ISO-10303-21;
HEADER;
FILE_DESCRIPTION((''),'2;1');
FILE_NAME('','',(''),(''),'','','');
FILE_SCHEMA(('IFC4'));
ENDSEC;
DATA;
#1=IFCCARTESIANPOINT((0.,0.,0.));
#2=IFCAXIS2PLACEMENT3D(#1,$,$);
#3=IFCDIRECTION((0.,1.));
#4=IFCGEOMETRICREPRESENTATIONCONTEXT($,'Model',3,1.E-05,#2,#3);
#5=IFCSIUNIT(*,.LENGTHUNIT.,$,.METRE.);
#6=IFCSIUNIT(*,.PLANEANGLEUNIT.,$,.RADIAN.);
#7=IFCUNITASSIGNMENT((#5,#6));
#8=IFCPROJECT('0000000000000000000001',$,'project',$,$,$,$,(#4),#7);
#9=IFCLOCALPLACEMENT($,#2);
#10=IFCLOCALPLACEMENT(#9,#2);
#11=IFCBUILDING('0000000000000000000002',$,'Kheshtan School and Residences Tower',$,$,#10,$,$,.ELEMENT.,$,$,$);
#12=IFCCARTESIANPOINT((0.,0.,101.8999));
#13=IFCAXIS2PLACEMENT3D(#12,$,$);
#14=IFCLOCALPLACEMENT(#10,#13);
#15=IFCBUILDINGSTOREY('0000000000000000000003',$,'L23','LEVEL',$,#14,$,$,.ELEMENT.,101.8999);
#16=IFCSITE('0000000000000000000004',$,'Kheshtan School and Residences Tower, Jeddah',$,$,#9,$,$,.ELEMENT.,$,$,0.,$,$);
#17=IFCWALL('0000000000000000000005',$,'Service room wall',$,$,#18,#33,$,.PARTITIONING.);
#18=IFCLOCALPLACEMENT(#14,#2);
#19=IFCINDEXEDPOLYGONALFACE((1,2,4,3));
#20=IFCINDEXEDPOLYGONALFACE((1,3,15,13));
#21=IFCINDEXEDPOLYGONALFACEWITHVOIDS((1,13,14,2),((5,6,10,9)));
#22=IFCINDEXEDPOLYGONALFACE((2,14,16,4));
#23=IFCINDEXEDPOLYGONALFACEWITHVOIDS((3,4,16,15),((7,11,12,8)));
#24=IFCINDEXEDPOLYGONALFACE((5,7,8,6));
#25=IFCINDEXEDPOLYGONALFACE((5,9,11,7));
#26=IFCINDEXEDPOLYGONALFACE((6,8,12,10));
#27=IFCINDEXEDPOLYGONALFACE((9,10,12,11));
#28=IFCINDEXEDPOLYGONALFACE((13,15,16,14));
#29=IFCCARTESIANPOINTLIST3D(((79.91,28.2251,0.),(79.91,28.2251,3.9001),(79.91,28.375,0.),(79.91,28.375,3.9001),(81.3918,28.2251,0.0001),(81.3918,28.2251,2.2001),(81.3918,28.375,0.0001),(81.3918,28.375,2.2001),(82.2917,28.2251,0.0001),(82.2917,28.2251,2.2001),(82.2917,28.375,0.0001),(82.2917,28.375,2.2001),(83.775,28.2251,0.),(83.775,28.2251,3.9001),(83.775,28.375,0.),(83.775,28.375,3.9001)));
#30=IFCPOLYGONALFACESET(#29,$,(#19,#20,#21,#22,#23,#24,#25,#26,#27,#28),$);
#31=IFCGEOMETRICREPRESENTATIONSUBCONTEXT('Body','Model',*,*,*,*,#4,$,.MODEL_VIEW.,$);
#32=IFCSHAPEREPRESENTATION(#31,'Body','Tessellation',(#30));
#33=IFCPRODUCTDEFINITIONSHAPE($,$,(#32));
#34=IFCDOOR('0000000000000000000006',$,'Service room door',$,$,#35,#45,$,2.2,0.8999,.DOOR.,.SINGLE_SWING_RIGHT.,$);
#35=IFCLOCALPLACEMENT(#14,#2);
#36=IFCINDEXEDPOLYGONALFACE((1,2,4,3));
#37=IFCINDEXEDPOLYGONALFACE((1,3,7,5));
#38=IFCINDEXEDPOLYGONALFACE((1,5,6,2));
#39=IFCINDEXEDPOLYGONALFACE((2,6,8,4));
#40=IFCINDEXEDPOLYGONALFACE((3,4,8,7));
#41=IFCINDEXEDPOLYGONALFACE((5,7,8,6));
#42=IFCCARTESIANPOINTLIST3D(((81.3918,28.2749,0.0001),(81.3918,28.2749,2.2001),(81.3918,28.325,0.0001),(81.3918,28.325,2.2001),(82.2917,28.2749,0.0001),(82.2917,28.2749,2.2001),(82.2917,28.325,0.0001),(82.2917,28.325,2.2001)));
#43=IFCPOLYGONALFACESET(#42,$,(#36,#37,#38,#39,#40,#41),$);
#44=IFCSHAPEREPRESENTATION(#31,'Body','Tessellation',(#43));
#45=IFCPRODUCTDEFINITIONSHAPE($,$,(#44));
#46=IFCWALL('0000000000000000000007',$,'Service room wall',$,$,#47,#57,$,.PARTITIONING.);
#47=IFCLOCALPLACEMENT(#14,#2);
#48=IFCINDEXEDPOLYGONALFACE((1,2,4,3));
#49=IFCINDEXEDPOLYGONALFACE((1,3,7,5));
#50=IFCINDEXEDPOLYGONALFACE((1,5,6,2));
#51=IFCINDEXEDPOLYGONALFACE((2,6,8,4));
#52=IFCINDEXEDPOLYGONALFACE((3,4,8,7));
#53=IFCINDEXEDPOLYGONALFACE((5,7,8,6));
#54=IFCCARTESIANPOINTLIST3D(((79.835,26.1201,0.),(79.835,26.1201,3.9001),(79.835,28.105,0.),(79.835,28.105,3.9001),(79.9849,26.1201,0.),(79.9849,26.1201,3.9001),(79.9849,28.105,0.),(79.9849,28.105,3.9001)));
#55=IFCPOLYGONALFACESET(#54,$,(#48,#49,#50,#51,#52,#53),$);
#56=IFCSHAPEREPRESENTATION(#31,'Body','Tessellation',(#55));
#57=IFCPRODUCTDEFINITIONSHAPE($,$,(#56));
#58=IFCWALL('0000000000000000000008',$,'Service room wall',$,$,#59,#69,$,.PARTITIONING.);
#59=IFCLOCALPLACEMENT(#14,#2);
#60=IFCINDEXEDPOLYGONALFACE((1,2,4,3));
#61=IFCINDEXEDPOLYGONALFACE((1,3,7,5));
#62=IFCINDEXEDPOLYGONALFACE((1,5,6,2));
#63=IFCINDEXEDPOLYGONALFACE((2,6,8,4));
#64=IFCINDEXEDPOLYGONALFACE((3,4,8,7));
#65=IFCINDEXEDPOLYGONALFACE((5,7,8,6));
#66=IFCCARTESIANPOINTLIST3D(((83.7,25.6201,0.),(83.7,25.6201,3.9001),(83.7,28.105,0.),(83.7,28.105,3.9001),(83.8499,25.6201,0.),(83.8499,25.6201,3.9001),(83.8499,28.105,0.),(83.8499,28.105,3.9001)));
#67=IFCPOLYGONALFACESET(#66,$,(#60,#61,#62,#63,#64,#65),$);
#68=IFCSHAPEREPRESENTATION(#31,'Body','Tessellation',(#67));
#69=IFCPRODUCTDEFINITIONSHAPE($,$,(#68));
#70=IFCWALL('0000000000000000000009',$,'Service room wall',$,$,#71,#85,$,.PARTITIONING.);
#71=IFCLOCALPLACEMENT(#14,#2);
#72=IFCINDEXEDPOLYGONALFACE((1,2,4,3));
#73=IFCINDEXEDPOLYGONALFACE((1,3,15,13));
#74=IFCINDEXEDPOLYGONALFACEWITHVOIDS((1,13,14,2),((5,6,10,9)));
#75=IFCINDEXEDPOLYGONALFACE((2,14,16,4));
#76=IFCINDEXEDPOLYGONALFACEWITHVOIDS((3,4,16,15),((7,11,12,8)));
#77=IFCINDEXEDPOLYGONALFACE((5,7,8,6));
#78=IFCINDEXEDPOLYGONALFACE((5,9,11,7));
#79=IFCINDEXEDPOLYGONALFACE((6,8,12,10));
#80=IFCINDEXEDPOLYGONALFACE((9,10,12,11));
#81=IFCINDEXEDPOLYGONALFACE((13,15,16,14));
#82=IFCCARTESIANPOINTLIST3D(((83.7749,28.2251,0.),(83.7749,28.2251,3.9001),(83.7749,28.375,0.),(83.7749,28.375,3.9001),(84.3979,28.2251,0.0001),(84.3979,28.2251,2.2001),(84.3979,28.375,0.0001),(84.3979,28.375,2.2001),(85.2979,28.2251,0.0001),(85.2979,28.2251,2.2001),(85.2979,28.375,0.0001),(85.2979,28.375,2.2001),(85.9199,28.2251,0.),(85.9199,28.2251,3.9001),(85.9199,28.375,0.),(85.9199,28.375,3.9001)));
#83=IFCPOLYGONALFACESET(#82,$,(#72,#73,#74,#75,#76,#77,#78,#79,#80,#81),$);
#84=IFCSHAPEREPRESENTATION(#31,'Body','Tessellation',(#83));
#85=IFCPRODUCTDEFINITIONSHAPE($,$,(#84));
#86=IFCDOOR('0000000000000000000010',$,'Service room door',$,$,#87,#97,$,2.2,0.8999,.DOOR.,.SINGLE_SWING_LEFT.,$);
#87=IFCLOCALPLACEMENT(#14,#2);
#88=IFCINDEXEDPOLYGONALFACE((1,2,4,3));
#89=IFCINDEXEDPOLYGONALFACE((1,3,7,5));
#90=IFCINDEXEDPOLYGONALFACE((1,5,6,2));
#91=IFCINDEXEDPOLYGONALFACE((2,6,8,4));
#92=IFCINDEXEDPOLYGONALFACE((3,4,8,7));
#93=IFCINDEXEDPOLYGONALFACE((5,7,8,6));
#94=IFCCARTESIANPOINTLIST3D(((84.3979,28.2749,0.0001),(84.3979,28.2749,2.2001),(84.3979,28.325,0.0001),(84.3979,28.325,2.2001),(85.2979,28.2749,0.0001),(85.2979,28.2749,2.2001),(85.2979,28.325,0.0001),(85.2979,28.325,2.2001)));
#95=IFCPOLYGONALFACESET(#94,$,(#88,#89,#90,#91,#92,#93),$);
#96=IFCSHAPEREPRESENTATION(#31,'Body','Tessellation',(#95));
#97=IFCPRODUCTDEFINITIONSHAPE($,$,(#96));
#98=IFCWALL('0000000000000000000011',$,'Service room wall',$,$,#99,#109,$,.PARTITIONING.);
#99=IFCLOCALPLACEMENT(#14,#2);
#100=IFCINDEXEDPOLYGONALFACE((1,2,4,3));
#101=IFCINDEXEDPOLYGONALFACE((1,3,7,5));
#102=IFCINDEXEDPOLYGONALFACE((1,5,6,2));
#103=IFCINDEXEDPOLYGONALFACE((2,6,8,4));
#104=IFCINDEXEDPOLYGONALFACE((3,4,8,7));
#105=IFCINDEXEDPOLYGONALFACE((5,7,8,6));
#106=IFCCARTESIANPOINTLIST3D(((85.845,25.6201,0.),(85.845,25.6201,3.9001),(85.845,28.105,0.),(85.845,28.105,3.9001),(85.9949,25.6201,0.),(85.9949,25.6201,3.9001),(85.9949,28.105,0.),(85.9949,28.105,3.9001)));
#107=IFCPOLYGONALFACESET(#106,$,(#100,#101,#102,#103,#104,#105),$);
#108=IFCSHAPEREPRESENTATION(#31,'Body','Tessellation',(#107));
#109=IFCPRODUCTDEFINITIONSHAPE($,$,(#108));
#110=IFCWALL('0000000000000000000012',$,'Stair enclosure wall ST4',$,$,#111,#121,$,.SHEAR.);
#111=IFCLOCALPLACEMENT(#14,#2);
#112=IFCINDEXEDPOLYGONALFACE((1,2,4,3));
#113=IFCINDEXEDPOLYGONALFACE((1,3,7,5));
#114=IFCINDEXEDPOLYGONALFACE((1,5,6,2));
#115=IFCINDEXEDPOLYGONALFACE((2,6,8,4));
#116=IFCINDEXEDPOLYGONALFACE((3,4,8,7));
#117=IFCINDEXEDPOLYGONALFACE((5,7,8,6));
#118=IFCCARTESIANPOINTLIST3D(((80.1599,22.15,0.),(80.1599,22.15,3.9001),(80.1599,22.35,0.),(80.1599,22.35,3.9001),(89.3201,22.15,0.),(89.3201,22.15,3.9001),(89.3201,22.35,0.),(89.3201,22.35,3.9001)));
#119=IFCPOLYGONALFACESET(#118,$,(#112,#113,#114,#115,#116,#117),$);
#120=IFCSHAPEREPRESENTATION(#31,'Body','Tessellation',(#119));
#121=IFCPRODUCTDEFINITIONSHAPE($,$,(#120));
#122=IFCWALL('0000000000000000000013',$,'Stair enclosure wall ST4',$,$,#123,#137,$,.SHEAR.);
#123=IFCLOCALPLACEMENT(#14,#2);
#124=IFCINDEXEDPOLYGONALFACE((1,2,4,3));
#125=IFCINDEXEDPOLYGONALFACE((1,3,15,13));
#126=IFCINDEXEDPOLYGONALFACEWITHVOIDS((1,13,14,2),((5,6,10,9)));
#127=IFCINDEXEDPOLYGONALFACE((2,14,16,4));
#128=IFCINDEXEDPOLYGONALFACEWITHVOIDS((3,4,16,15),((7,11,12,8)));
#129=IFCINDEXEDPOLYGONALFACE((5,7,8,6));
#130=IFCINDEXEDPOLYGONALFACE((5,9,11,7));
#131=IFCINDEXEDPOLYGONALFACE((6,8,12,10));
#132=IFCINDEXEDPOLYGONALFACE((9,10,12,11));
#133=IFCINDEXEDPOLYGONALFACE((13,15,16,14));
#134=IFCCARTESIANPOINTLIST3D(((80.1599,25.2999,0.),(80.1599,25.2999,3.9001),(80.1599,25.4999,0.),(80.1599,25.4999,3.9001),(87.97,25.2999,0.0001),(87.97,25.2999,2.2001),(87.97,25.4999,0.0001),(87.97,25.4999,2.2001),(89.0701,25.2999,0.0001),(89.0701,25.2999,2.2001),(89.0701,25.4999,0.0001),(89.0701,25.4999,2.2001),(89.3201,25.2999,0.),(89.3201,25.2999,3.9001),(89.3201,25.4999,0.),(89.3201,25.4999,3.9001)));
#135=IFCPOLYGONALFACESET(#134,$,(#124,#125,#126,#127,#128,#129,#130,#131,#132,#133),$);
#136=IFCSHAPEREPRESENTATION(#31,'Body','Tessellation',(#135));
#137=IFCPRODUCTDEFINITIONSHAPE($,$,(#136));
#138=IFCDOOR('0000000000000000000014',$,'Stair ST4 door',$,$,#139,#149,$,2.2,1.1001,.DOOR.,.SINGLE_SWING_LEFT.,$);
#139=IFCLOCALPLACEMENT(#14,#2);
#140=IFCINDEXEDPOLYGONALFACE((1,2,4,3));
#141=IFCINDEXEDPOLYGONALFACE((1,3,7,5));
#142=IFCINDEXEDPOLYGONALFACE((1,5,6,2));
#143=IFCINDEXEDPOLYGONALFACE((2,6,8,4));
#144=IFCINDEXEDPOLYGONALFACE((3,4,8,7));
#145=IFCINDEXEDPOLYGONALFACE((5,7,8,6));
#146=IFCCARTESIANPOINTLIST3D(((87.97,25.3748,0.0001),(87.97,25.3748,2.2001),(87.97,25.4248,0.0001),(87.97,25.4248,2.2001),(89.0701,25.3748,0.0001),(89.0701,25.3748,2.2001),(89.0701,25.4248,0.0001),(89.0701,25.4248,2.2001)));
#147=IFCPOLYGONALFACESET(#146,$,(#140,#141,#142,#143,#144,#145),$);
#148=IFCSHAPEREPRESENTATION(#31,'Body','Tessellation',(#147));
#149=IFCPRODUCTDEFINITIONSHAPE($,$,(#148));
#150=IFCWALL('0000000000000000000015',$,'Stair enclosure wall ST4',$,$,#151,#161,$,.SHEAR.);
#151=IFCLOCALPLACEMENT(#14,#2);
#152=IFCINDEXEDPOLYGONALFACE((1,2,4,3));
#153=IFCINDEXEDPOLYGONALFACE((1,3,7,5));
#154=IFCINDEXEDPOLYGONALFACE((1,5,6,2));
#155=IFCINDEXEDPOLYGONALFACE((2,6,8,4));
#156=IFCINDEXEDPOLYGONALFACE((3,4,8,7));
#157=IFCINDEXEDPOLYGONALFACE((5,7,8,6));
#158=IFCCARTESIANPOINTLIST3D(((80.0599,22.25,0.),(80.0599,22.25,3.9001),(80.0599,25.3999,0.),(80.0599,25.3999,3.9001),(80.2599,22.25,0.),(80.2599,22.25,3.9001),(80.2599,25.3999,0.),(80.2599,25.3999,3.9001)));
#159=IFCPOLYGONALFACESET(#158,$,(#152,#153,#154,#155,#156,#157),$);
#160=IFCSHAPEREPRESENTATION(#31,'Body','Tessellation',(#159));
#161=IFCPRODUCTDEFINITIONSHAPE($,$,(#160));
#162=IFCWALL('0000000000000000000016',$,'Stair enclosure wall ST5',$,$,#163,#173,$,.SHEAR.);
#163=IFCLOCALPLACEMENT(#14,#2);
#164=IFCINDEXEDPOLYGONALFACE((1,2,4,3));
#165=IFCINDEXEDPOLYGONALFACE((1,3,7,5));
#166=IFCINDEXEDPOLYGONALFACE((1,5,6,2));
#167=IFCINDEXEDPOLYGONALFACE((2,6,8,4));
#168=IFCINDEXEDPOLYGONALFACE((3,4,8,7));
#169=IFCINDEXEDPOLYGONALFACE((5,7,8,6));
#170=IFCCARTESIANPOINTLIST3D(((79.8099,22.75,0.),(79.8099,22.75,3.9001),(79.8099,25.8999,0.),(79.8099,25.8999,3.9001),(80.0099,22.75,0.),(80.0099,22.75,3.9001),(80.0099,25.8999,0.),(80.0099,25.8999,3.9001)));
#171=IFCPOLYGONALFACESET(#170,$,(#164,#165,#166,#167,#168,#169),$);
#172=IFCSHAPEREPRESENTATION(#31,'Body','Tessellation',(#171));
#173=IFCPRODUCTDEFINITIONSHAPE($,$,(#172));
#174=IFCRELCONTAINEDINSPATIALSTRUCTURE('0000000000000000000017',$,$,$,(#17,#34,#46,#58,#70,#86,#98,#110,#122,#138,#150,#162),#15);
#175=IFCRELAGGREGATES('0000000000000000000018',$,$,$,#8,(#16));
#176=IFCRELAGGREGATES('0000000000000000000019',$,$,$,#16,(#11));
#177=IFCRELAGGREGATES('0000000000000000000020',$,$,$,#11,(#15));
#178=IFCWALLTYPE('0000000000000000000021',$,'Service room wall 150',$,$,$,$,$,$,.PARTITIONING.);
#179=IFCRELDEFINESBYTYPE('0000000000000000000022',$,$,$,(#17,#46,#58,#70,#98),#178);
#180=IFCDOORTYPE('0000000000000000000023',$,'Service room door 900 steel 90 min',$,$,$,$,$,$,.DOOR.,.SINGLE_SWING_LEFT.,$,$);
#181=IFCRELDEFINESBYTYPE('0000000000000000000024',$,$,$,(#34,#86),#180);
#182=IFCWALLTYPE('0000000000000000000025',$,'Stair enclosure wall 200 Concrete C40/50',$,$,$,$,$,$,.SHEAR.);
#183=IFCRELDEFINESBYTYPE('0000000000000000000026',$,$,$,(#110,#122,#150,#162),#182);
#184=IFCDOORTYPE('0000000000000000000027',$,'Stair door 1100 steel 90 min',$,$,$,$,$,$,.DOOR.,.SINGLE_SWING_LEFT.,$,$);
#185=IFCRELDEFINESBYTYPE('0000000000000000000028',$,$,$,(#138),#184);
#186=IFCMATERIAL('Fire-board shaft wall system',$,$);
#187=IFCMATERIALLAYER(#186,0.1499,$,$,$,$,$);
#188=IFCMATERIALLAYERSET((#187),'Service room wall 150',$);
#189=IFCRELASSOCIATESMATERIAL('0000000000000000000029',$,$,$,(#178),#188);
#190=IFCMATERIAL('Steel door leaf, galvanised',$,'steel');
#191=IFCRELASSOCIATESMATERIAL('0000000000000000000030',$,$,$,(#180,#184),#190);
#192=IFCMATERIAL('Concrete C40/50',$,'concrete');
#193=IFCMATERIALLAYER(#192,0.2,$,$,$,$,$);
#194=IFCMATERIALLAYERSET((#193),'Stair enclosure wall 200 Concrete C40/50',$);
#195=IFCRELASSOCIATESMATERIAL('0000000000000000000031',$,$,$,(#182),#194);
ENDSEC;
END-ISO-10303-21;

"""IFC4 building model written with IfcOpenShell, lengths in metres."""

from ifc_helpers import new_model, si_unit, direction, frame, frame_2d, origin, place, context, subcontext, project, spatial, rectangle, extrude, source, transform, mapped, material, layer, layer_set, type_object, element, fill, save


model = new_model("IFC4")

# Units and contexts
model_context = context("Model", 3, precision=1e-05, world=origin(), true_north=direction((0.0, 1.0)))
body_context = subcontext(model_context, "Body", "Model", "MODEL_VIEW")
ifc_project = project(units=[si_unit("LENGTHUNIT", "METRE"), si_unit("PLANEANGLEUNIT", "RADIAN")], contexts=[model_context])

# Site, building, storey
site_placement = place(None, origin())
site = spatial("IfcSite", under=ifc_project, at=site_placement, Name="Kheshtan School and Residences Tower, Jeddah", CompositionType="ELEMENT", RefElevation=0.0)
building_placement = place(site_placement, origin())
building = spatial("IfcBuilding", under=site, at=building_placement, Name="Kheshtan School and Residences Tower", CompositionType="ELEMENT")
storey_placement = place(building_placement, frame((0.0, 0.0, 101.8999)))
storey = spatial("IfcBuildingStorey", under=building, at=storey_placement, Name="L23", Description="LEVEL", CompositionType="ELEMENT", Elevation=101.8999)

# Wall, opening, door
ifc_material_1 = material(Name="Fire-board shaft wall system")
ifc_layer_1 = layer(ifc_material_1, 0.1499)
ifc_layer_set_1 = layer_set([ifc_layer_1], Name="Service room wall 150")
wall_type_1 = type_object("IfcWallType", Name="Service room wall 150", PredefinedType="PARTITIONING", material=ifc_layer_set_1)
wall_1_placement = place(storey_placement, frame((79.9099, 28.3, 0.0), z_axis=(0.0, 0.0, 1.0), x_axis=(1.0, 0.0, 0.0)))
wall_1 = element("IfcWall", 1, at=wall_1_placement, inside=storey, type_object=wall_type_1, Name="Service room wall", PredefinedType="PARTITIONING", context=body_context, shape_type="SweptSolid", body=[
    extrude(rectangle(XDim=3.865, YDim=0.1499, at=frame_2d((1.9326, 0.0))), origin(), (0.0, 0.0, 1.0), 3.9001),
])
opening_1_placement = place(wall_1_placement, frame((1.4819, 0.0, 0.0)))
opening_1 = element("IfcOpeningElement", 2, at=opening_1_placement, cuts=wall_1, PredefinedType="OPENING", context=body_context, shape_type="SweptSolid", body=[
    extrude(rectangle(XDim=0.8999, YDim=2.2, at=frame_2d((0.45, 1.1001))), frame((0.0, 0.085, 0.0), z_axis=(0.0, -1.0, 0.0), x_axis=(1.0, 0.0, 0.0)), (0.0, 0.0, 1.0), 0.1699),
])
ifc_material_2 = material(Name="Steel door leaf, galvanised", Category="steel")
door_type_1 = type_object("IfcDoorType", Name="Service room door 900 steel 90 min", OperationType="SINGLE_SWING_LEFT", PredefinedType="DOOR", material=ifc_material_2)
shared_shape_1 = source(origin(), body_context, "Body", "SweptSolid", [
    extrude(rectangle(XDim=0.8999, YDim=2.2, at=frame_2d((0.45, 1.1001))), frame((0.0, 0.0249, 0.0), z_axis=(0.0, -1.0, 0.0), x_axis=(1.0, 0.0, 0.0)), (0.0, 0.0, 1.0), 0.05),
])
door_1_placement = place(opening_1_placement, origin())
door_1 = element("IfcDoor", 3, at=door_1_placement, inside=storey, type_object=door_type_1, Name="Service room door", OperationType="SINGLE_SWING_RIGHT", OverallHeight=2.2, OverallWidth=0.8999, PredefinedType="DOOR", context=body_context, shape_type="MappedRepresentation", body=[
    mapped(shared_shape_1, transform((0.0, 0.0, 0.0), x_axis=(1.0, 0.0, 0.0), y_axis=(0.0, 1.0, 0.0), z_axis=(0.0, 0.0, 1.0), scale=1.0)),
])
fill(opening_1, door_1)

# Walls
wall_2_placement = place(storey_placement, frame((79.9099, 26.1201, 0.0), z_axis=(0.0, 0.0, 1.0), x_axis=(0.0, 1.0, 0.0)))
element("IfcWall", 4, at=wall_2_placement, inside=storey, type_object=wall_type_1, Name="Service room wall", PredefinedType="PARTITIONING", context=body_context, shape_type="SweptSolid", body=[
    extrude(rectangle(XDim=1.9849, YDim=0.1499, at=frame_2d((0.9924, 0.0))), origin(), (0.0, 0.0, 1.0), 3.9001),
])
wall_3_placement = place(storey_placement, frame((83.7749, 25.6201, 0.0), z_axis=(0.0, 0.0, 1.0), x_axis=(0.0, 1.0, 0.0)))
element("IfcWall", 5, at=wall_3_placement, inside=storey, type_object=wall_type_1, Name="Service room wall", PredefinedType="PARTITIONING", context=body_context, shape_type="SweptSolid", body=[
    extrude(rectangle(XDim=2.4849, YDim=0.1499, at=frame_2d((1.2424, 0.0))), origin(), (0.0, 0.0, 1.0), 3.9001),
])

# Wall, opening, door
wall_4_placement = place(storey_placement, frame((83.7749, 28.3, 0.0), z_axis=(0.0, 0.0, 1.0), x_axis=(1.0, 0.0, 0.0)))
wall_4 = element("IfcWall", 6, at=wall_4_placement, inside=storey, type_object=wall_type_1, Name="Service room wall", PredefinedType="PARTITIONING", context=body_context, shape_type="SweptSolid", body=[
    extrude(rectangle(XDim=2.145, YDim=0.1499, at=frame_2d((1.0725, 0.0))), origin(), (0.0, 0.0, 1.0), 3.9001),
])
opening_2_placement = place(wall_4_placement, frame((0.623, 0.0, 0.0)))
opening_2 = element("IfcOpeningElement", 7, at=opening_2_placement, cuts=wall_4, PredefinedType="OPENING", context=body_context, shape_type="SweptSolid", body=[
    extrude(rectangle(XDim=0.8999, YDim=2.2, at=frame_2d((0.45, 1.1001))), frame((0.0, 0.085, 0.0), z_axis=(0.0, -1.0, 0.0), x_axis=(1.0, 0.0, 0.0)), (0.0, 0.0, 1.0), 0.1699),
])
door_2_placement = place(opening_2_placement, origin())
door_2 = element("IfcDoor", 8, at=door_2_placement, inside=storey, type_object=door_type_1, Name="Service room door", OperationType="SINGLE_SWING_LEFT", OverallHeight=2.2, OverallWidth=0.8999, PredefinedType="DOOR", context=body_context, shape_type="MappedRepresentation", body=[
    mapped(shared_shape_1, transform((0.0, 0.0, 0.0), x_axis=(1.0, 0.0, 0.0), y_axis=(0.0, 1.0, 0.0), z_axis=(0.0, 0.0, 1.0), scale=1.0)),
])
fill(opening_2, door_2)

# Walls
wall_5_placement = place(storey_placement, frame((85.9199, 25.6201, 0.0), z_axis=(0.0, 0.0, 1.0), x_axis=(0.0, 1.0, 0.0)))
element("IfcWall", 9, at=wall_5_placement, inside=storey, type_object=wall_type_1, Name="Service room wall", PredefinedType="PARTITIONING", context=body_context, shape_type="SweptSolid", body=[
    extrude(rectangle(XDim=2.4849, YDim=0.1499, at=frame_2d((1.2424, 0.0))), origin(), (0.0, 0.0, 1.0), 3.9001),
])
ifc_material_3 = material(Name="Concrete C40/50", Category="concrete")
ifc_layer_2 = layer(ifc_material_3, 0.2)
ifc_layer_set_2 = layer_set([ifc_layer_2], Name="Stair enclosure wall 200 Concrete C40/50")
wall_type_2 = type_object("IfcWallType", Name="Stair enclosure wall 200 Concrete C40/50", PredefinedType="SHEAR", material=ifc_layer_set_2)
wall_6_placement = place(storey_placement, frame((80.1599, 22.25, 0.0), z_axis=(0.0, 0.0, 1.0), x_axis=(1.0, 0.0, 0.0)))
element("IfcWall", 10, at=wall_6_placement, inside=storey, type_object=wall_type_2, Name="Stair enclosure wall ST4", PredefinedType="SHEAR", context=body_context, shape_type="SweptSolid", body=[
    extrude(rectangle(XDim=9.1602, YDim=0.2, at=frame_2d((4.5801, 0.0))), origin(), (0.0, 0.0, 1.0), 3.9001),
])

# Wall, opening, door
wall_7_placement = place(storey_placement, frame((80.1599, 25.3999, 0.0), z_axis=(0.0, 0.0, 1.0), x_axis=(1.0, 0.0, 0.0)))
wall_7 = element("IfcWall", 11, at=wall_7_placement, inside=storey, type_object=wall_type_2, Name="Stair enclosure wall ST4", PredefinedType="SHEAR", context=body_context, shape_type="SweptSolid", body=[
    extrude(rectangle(XDim=9.1602, YDim=0.2, at=frame_2d((4.5801, 0.0))), origin(), (0.0, 0.0, 1.0), 3.9001),
])
opening_3_placement = place(wall_7_placement, frame((7.8101, 0.0, 0.0)))
opening_3 = element("IfcOpeningElement", 12, at=opening_3_placement, cuts=wall_7, PredefinedType="OPENING", context=body_context, shape_type="SweptSolid", body=[
    extrude(rectangle(XDim=1.1001, YDim=2.2, at=frame_2d((0.55, 1.1001))), frame((0.0, 0.1099, 0.0), z_axis=(0.0, -1.0, 0.0), x_axis=(1.0, 0.0, 0.0)), (0.0, 0.0, 1.0), 0.22),
])
door_type_2 = type_object("IfcDoorType", Name="Stair door 1100 steel 90 min", OperationType="SINGLE_SWING_LEFT", PredefinedType="DOOR", material=ifc_material_2)
shared_shape_2 = source(origin(), body_context, "Body", "SweptSolid", [
    extrude(rectangle(XDim=1.1001, YDim=2.2, at=frame_2d((0.55, 1.1001))), frame((0.0, 0.0249, 0.0), z_axis=(0.0, -1.0, 0.0), x_axis=(1.0, 0.0, 0.0)), (0.0, 0.0, 1.0), 0.05),
])
door_3_placement = place(opening_3_placement, origin())
door_3 = element("IfcDoor", 13, at=door_3_placement, inside=storey, type_object=door_type_2, Name="Stair ST4 door", OperationType="SINGLE_SWING_LEFT", OverallHeight=2.2, OverallWidth=1.1001, PredefinedType="DOOR", context=body_context, shape_type="MappedRepresentation", body=[
    mapped(shared_shape_2, transform((0.0, 0.0, 0.0), x_axis=(1.0, 0.0, 0.0), y_axis=(0.0, 1.0, 0.0), z_axis=(0.0, 0.0, 1.0), scale=1.0)),
])
fill(opening_3, door_3)

# Walls
for number, where, z_axis, x_axis, name in (
    (14, (80.1599, 22.25, 0.0), (0.0, 0.0, 1.0), (0.0, 1.0, 0.0), "Stair enclosure wall ST4"),
    (15, (79.9099, 22.75, 0.0), (0.0, 0.0, 1.0), (0.0, 1.0, 0.0), "Stair enclosure wall ST5"),
):
    element("IfcWall", number, at=place(storey_placement, frame(where, z_axis=z_axis, x_axis=x_axis)), inside=storey, type_object=wall_type_2, Name=name, PredefinedType="SHEAR", context=body_context, shape_type="SweptSolid", body=[
        extrude(rectangle(XDim=3.1499, YDim=0.2, at=frame_2d((1.575, 0.0))), origin(), (0.0, 0.0, 1.0), 3.9001),
    ])

save(model, "model.ifc")
